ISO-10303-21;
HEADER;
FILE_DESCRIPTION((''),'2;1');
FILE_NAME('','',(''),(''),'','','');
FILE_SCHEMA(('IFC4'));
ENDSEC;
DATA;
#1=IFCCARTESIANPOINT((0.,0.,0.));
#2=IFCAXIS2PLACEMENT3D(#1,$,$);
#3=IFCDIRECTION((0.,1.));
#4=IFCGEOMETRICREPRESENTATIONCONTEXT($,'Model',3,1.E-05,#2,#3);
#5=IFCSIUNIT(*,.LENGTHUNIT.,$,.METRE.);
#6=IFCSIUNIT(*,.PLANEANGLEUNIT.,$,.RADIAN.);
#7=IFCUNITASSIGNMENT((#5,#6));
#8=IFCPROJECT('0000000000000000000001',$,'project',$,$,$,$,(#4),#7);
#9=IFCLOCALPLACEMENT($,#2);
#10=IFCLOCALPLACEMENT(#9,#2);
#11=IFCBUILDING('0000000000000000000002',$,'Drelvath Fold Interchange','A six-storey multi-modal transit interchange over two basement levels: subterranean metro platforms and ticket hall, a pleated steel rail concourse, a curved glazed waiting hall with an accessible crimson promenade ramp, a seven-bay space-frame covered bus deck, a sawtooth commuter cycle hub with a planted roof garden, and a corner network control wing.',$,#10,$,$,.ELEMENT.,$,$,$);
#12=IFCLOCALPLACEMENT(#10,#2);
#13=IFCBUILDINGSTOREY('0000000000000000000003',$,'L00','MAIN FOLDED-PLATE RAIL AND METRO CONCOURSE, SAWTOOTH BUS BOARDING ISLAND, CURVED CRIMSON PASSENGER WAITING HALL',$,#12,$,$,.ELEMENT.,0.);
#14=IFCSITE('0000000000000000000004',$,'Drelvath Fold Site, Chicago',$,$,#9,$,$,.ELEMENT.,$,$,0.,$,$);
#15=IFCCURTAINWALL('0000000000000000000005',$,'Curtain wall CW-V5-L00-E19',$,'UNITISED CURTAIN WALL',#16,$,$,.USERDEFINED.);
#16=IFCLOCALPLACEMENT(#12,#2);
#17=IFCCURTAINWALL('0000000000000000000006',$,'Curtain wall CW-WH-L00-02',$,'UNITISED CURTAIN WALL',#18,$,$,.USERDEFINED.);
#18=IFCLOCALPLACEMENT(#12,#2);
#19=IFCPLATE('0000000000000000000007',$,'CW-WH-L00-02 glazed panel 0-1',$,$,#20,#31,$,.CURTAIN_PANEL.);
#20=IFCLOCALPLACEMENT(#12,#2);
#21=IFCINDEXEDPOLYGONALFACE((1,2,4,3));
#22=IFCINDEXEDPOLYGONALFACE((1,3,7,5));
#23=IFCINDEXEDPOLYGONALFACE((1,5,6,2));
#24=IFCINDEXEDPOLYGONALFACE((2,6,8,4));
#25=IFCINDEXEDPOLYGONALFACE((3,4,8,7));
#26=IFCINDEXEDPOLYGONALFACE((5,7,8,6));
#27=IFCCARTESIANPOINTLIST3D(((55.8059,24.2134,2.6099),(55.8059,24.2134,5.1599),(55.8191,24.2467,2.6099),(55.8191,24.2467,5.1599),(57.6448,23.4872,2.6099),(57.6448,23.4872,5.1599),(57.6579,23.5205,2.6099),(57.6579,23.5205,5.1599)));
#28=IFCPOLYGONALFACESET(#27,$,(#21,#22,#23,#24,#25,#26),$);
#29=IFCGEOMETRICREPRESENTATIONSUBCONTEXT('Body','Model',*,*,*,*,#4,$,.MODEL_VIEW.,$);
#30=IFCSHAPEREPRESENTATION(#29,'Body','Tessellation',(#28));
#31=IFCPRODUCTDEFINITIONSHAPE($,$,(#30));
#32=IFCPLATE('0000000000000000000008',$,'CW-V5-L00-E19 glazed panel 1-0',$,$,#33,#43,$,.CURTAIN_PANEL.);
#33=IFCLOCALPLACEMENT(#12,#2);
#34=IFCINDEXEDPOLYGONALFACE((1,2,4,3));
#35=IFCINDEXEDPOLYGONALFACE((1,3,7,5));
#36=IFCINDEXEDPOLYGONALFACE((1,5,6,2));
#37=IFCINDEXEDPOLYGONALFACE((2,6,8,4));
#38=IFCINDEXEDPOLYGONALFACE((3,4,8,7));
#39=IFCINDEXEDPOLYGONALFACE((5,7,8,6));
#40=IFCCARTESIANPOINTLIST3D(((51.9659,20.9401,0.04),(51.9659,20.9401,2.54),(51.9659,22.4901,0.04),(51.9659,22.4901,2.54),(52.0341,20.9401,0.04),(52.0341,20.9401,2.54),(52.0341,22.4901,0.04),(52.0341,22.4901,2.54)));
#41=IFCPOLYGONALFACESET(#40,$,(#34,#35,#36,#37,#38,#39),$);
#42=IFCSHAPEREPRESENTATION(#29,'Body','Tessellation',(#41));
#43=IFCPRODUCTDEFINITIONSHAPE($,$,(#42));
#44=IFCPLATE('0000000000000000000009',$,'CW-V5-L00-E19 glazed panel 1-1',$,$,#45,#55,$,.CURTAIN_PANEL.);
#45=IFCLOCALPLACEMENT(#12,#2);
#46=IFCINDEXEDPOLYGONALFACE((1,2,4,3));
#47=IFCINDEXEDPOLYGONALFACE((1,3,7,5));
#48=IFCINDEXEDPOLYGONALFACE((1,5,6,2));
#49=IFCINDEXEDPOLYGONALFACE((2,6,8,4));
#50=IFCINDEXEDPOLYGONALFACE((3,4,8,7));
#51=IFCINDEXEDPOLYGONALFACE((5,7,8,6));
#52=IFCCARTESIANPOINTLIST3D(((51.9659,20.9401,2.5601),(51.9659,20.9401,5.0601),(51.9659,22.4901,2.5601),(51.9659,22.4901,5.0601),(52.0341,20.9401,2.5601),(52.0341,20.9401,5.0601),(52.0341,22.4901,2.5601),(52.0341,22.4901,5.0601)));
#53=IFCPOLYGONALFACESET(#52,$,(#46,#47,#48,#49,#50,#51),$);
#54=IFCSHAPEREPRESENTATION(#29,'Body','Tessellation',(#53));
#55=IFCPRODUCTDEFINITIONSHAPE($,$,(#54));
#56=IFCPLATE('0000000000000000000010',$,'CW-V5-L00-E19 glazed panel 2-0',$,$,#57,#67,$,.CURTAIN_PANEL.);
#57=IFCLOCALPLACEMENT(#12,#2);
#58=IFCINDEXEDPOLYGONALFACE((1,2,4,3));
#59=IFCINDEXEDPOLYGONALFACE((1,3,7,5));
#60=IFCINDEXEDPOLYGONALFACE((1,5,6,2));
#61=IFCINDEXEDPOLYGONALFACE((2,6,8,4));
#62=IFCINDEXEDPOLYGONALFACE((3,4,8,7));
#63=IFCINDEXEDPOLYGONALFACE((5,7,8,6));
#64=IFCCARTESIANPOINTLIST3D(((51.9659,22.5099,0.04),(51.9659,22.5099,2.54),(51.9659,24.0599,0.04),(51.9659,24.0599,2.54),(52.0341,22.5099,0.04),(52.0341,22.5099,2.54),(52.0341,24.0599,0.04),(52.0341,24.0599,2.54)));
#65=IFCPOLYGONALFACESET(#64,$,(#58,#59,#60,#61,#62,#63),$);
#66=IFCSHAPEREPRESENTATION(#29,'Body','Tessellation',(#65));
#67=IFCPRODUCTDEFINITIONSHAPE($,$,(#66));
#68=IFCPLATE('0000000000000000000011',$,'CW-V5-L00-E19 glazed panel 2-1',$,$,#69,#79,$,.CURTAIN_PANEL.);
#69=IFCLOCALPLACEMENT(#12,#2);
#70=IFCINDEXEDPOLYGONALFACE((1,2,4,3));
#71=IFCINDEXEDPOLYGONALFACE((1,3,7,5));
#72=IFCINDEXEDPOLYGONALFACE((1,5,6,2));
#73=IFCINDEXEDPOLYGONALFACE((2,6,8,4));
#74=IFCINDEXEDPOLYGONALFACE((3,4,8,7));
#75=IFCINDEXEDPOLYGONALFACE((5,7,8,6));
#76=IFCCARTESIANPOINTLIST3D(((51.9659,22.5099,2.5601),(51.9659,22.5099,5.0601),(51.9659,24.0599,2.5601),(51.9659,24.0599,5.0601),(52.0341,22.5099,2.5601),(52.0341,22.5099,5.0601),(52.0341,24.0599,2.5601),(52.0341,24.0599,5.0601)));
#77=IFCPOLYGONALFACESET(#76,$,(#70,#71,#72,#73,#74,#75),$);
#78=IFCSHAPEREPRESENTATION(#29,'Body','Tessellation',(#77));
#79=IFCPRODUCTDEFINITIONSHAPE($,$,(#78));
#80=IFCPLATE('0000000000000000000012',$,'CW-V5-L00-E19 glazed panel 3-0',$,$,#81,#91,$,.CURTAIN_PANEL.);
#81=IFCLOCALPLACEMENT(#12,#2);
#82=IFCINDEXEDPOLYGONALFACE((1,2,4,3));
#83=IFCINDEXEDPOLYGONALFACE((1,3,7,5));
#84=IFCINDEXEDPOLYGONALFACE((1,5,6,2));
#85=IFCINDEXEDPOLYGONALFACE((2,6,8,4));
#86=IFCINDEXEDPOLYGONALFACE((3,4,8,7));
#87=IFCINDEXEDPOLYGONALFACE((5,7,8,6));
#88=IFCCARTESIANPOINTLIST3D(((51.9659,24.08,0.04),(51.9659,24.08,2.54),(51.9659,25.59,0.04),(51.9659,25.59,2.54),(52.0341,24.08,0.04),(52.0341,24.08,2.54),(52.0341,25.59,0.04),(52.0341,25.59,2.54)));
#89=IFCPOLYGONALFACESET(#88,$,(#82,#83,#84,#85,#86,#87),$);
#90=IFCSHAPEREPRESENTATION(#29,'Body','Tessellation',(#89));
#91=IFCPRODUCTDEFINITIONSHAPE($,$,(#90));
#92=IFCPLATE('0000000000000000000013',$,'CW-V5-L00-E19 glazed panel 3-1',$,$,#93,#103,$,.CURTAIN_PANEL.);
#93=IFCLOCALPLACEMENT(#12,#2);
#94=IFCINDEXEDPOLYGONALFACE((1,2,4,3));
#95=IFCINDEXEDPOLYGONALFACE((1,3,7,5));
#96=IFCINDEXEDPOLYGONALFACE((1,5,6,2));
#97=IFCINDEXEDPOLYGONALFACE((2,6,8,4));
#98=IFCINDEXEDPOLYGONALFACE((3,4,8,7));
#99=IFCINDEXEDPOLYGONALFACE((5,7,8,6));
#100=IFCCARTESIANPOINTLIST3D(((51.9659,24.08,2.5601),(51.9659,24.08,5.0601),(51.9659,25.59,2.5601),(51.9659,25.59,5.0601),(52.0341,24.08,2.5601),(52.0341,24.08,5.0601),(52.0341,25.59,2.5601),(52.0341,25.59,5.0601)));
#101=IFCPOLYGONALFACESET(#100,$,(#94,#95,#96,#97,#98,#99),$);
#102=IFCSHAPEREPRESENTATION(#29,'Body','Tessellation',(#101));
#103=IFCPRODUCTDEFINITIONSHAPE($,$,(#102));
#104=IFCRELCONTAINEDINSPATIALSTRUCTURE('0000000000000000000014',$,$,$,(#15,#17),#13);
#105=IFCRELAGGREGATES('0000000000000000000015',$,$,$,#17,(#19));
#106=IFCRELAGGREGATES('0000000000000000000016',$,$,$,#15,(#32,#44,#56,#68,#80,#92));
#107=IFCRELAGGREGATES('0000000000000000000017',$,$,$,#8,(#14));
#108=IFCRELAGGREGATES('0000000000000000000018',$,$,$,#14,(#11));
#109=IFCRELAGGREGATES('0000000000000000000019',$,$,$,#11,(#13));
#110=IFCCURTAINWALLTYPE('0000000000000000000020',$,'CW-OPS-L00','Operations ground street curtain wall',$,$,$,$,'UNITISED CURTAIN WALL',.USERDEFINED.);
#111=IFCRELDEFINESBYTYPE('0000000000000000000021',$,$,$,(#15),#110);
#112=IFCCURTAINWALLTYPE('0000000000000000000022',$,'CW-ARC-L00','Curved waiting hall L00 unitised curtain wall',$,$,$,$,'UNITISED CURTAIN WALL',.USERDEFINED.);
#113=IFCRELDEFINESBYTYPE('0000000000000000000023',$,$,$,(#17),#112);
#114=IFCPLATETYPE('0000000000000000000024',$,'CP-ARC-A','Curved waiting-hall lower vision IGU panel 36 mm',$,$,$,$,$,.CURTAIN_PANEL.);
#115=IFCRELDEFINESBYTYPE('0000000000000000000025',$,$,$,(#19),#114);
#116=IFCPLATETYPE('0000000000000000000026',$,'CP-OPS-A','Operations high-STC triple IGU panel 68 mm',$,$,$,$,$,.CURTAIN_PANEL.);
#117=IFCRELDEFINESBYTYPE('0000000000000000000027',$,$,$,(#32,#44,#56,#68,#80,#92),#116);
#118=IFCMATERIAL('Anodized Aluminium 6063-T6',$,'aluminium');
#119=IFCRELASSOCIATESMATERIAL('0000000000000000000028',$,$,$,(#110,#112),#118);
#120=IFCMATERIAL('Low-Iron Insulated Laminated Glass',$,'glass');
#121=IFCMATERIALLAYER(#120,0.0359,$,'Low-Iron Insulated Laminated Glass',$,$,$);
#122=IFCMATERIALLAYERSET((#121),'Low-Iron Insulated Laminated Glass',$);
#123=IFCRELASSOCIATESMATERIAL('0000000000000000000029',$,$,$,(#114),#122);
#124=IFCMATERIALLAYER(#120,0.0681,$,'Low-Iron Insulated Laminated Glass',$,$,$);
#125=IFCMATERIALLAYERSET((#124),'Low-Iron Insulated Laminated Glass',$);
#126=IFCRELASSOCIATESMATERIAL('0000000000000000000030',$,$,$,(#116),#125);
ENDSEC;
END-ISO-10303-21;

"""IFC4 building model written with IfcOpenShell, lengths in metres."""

from ifc_helpers import new_model, si_unit, direction, frame, origin, origin_2d, place, context, subcontext, project, spatial, rectangle, extrude, material, layer, layer_set, type_object, element, aggregate, save


model = new_model("IFC4")

# Units and contexts
model_context = context("Model", 3, precision=1e-05, world=origin(), true_north=direction((0.0, 1.0)))
body_context = subcontext(model_context, "Body", "Model", "MODEL_VIEW")
ifc_project = project(units=[si_unit("LENGTHUNIT", "METRE"), si_unit("PLANEANGLEUNIT", "RADIAN")], contexts=[model_context])

# Site, building, storey
site_placement = place(None, origin())
site = spatial("IfcSite", under=ifc_project, at=site_placement, Name="Drelvath Fold Site, Chicago", CompositionType="ELEMENT", RefElevation=0.0)
building_placement = place(site_placement, origin())
building = spatial("IfcBuilding", under=site, at=building_placement, Name="Drelvath Fold Interchange", Description="A six-storey multi-modal transit interchange over two basement levels: subterranean metro platforms and ticket hall, a pleated steel rail concourse, a curved glazed waiting hall with an accessible crimson promenade ramp, a seven-bay space-frame covered bus deck, a sawtooth commuter cycle hub with a planted roof garden, and a corner network control wing.", CompositionType="ELEMENT")
storey_placement = place(building_placement, origin())
storey = spatial("IfcBuildingStorey", under=building, at=storey_placement, Name="L00", Description="MAIN FOLDED-PLATE RAIL AND METRO CONCOURSE, SAWTOOTH BUS BOARDING ISLAND, CURVED CRIMSON PASSENGER WAITING HALL", CompositionType="ELEMENT", Elevation=0.0)

# Curtain walls
ifc_material_1 = material(Name="Anodized Aluminium 6063-T6", Category="aluminium")
curtain_wall_type_1 = type_object("IfcCurtainWallType", Name="CW-OPS-L00", Description="Operations ground street curtain wall", ElementType="UNITISED CURTAIN WALL", PredefinedType="USERDEFINED", material=ifc_material_1)
curtain_wall_1_placement = place(storey_placement, origin())
curtain_wall_1 = element("IfcCurtainWall", 1, at=curtain_wall_1_placement, inside=storey, type_object=curtain_wall_type_1, Name="Curtain wall CW-V5-L00-E19", ObjectType="UNITISED CURTAIN WALL", PredefinedType="USERDEFINED")
curtain_wall_type_2 = type_object("IfcCurtainWallType", Name="CW-ARC-L00", Description="Curved waiting hall L00 unitised curtain wall", ElementType="UNITISED CURTAIN WALL", PredefinedType="USERDEFINED", material=ifc_material_1)
curtain_wall_2_placement = place(storey_placement, origin())
curtain_wall_2 = element("IfcCurtainWall", 2, at=curtain_wall_2_placement, inside=storey, type_object=curtain_wall_type_2, Name="Curtain wall CW-WH-L00-02", ObjectType="UNITISED CURTAIN WALL", PredefinedType="USERDEFINED")

# Plates
ifc_material_2 = material(Name="Low-Iron Insulated Laminated Glass", Category="glass")
ifc_layer_1 = layer(ifc_material_2, 0.0359, Name="Low-Iron Insulated Laminated Glass")
ifc_layer_set_1 = layer_set([ifc_layer_1], Name="Low-Iron Insulated Laminated Glass")
plate_type_1 = type_object("IfcPlateType", Name="CP-ARC-A", Description="Curved waiting-hall lower vision IGU panel 36 mm", PredefinedType="CURTAIN_PANEL", material=ifc_layer_set_1)
plate_1_placement = place(storey_placement, frame((56.7319, 23.8669, 2.6099), z_axis=(0.0, 0.0, 1.0), x_axis=(0.930097, -0.367313, 0.0)))
plate_1 = element("IfcPlate", 3, at=plate_1_placement, type_object=plate_type_1, Name="CW-WH-L00-02 glazed panel 0-1", PredefinedType="CURTAIN_PANEL", context=body_context, shape_type="SweptSolid", body=[
    extrude(rectangle(XDim=1.9771, YDim=0.0359, at=origin_2d()), origin(), (0.0, 0.0, 1.0), 2.55),
])
aggregate(curtain_wall_2, [plate_1])
ifc_layer_2 = layer(ifc_material_2, 0.0681, Name="Low-Iron Insulated Laminated Glass")
ifc_layer_set_2 = layer_set([ifc_layer_2], Name="Low-Iron Insulated Laminated Glass")
plate_type_2 = type_object("IfcPlateType", Name="CP-OPS-A", Description="Operations high-STC triple IGU panel 68 mm", PredefinedType="CURTAIN_PANEL", material=ifc_layer_set_2)
plate_2_placement = place(storey_placement, frame((52.0, 21.7151, 0.04), z_axis=(0.0, 0.0, 1.0), x_axis=(0.0, 1.0, 0.0)))
plate_2 = element("IfcPlate", 4, at=plate_2_placement, type_object=plate_type_2, Name="CW-V5-L00-E19 glazed panel 1-0", PredefinedType="CURTAIN_PANEL", context=body_context, shape_type="SweptSolid", body=[
    extrude(rectangle(XDim=1.55, YDim=0.0681, at=origin_2d()), origin(), (0.0, 0.0, 1.0), 2.5),
])
plate_3_placement = place(storey_placement, frame((52.0, 21.7151, 2.5601), z_axis=(0.0, 0.0, 1.0), x_axis=(0.0, 1.0, 0.0)))
plate_3 = element("IfcPlate", 5, at=plate_3_placement, type_object=plate_type_2, Name="CW-V5-L00-E19 glazed panel 1-1", PredefinedType="CURTAIN_PANEL", context=body_context, shape_type="SweptSolid", body=[
    extrude(rectangle(XDim=1.55, YDim=0.0681, at=origin_2d()), origin(), (0.0, 0.0, 1.0), 2.5),
])
plate_4_placement = place(storey_placement, frame((52.0, 23.2849, 0.04), z_axis=(0.0, 0.0, 1.0), x_axis=(0.0, 1.0, 0.0)))
plate_4 = element("IfcPlate", 6, at=plate_4_placement, type_object=plate_type_2, Name="CW-V5-L00-E19 glazed panel 2-0", PredefinedType="CURTAIN_PANEL", context=body_context, shape_type="SweptSolid", body=[
    extrude(rectangle(XDim=1.55, YDim=0.0681, at=origin_2d()), origin(), (0.0, 0.0, 1.0), 2.5),
])
plate_5_placement = place(storey_placement, frame((52.0, 23.2849, 2.5601), z_axis=(0.0, 0.0, 1.0), x_axis=(0.0, 1.0, 0.0)))
plate_5 = element("IfcPlate", 7, at=plate_5_placement, type_object=plate_type_2, Name="CW-V5-L00-E19 glazed panel 2-1", PredefinedType="CURTAIN_PANEL", context=body_context, shape_type="SweptSolid", body=[
    extrude(rectangle(XDim=1.55, YDim=0.0681, at=origin_2d()), origin(), (0.0, 0.0, 1.0), 2.5),
])
plate_6_placement = place(storey_placement, frame((52.0, 24.835, 0.04), z_axis=(0.0, 0.0, 1.0), x_axis=(0.0, 1.0, 0.0)))
plate_6 = element("IfcPlate", 8, at=plate_6_placement, type_object=plate_type_2, Name="CW-V5-L00-E19 glazed panel 3-0", PredefinedType="CURTAIN_PANEL", context=body_context, shape_type="SweptSolid", body=[
    extrude(rectangle(XDim=1.51, YDim=0.0681, at=origin_2d()), origin(), (0.0, 0.0, 1.0), 2.5),
])
plate_7_placement = place(storey_placement, frame((52.0, 24.835, 2.5601), z_axis=(0.0, 0.0, 1.0), x_axis=(0.0, 1.0, 0.0)))
plate_7 = element("IfcPlate", 9, at=plate_7_placement, type_object=plate_type_2, Name="CW-V5-L00-E19 glazed panel 3-1", PredefinedType="CURTAIN_PANEL", context=body_context, shape_type="SweptSolid", body=[
    extrude(rectangle(XDim=1.51, YDim=0.0681, at=origin_2d()), origin(), (0.0, 0.0, 1.0), 2.5),
])
aggregate(curtain_wall_1, [plate_2, plate_3, plate_4, plate_5, plate_6, plate_7])

save(model, "model.ifc")
